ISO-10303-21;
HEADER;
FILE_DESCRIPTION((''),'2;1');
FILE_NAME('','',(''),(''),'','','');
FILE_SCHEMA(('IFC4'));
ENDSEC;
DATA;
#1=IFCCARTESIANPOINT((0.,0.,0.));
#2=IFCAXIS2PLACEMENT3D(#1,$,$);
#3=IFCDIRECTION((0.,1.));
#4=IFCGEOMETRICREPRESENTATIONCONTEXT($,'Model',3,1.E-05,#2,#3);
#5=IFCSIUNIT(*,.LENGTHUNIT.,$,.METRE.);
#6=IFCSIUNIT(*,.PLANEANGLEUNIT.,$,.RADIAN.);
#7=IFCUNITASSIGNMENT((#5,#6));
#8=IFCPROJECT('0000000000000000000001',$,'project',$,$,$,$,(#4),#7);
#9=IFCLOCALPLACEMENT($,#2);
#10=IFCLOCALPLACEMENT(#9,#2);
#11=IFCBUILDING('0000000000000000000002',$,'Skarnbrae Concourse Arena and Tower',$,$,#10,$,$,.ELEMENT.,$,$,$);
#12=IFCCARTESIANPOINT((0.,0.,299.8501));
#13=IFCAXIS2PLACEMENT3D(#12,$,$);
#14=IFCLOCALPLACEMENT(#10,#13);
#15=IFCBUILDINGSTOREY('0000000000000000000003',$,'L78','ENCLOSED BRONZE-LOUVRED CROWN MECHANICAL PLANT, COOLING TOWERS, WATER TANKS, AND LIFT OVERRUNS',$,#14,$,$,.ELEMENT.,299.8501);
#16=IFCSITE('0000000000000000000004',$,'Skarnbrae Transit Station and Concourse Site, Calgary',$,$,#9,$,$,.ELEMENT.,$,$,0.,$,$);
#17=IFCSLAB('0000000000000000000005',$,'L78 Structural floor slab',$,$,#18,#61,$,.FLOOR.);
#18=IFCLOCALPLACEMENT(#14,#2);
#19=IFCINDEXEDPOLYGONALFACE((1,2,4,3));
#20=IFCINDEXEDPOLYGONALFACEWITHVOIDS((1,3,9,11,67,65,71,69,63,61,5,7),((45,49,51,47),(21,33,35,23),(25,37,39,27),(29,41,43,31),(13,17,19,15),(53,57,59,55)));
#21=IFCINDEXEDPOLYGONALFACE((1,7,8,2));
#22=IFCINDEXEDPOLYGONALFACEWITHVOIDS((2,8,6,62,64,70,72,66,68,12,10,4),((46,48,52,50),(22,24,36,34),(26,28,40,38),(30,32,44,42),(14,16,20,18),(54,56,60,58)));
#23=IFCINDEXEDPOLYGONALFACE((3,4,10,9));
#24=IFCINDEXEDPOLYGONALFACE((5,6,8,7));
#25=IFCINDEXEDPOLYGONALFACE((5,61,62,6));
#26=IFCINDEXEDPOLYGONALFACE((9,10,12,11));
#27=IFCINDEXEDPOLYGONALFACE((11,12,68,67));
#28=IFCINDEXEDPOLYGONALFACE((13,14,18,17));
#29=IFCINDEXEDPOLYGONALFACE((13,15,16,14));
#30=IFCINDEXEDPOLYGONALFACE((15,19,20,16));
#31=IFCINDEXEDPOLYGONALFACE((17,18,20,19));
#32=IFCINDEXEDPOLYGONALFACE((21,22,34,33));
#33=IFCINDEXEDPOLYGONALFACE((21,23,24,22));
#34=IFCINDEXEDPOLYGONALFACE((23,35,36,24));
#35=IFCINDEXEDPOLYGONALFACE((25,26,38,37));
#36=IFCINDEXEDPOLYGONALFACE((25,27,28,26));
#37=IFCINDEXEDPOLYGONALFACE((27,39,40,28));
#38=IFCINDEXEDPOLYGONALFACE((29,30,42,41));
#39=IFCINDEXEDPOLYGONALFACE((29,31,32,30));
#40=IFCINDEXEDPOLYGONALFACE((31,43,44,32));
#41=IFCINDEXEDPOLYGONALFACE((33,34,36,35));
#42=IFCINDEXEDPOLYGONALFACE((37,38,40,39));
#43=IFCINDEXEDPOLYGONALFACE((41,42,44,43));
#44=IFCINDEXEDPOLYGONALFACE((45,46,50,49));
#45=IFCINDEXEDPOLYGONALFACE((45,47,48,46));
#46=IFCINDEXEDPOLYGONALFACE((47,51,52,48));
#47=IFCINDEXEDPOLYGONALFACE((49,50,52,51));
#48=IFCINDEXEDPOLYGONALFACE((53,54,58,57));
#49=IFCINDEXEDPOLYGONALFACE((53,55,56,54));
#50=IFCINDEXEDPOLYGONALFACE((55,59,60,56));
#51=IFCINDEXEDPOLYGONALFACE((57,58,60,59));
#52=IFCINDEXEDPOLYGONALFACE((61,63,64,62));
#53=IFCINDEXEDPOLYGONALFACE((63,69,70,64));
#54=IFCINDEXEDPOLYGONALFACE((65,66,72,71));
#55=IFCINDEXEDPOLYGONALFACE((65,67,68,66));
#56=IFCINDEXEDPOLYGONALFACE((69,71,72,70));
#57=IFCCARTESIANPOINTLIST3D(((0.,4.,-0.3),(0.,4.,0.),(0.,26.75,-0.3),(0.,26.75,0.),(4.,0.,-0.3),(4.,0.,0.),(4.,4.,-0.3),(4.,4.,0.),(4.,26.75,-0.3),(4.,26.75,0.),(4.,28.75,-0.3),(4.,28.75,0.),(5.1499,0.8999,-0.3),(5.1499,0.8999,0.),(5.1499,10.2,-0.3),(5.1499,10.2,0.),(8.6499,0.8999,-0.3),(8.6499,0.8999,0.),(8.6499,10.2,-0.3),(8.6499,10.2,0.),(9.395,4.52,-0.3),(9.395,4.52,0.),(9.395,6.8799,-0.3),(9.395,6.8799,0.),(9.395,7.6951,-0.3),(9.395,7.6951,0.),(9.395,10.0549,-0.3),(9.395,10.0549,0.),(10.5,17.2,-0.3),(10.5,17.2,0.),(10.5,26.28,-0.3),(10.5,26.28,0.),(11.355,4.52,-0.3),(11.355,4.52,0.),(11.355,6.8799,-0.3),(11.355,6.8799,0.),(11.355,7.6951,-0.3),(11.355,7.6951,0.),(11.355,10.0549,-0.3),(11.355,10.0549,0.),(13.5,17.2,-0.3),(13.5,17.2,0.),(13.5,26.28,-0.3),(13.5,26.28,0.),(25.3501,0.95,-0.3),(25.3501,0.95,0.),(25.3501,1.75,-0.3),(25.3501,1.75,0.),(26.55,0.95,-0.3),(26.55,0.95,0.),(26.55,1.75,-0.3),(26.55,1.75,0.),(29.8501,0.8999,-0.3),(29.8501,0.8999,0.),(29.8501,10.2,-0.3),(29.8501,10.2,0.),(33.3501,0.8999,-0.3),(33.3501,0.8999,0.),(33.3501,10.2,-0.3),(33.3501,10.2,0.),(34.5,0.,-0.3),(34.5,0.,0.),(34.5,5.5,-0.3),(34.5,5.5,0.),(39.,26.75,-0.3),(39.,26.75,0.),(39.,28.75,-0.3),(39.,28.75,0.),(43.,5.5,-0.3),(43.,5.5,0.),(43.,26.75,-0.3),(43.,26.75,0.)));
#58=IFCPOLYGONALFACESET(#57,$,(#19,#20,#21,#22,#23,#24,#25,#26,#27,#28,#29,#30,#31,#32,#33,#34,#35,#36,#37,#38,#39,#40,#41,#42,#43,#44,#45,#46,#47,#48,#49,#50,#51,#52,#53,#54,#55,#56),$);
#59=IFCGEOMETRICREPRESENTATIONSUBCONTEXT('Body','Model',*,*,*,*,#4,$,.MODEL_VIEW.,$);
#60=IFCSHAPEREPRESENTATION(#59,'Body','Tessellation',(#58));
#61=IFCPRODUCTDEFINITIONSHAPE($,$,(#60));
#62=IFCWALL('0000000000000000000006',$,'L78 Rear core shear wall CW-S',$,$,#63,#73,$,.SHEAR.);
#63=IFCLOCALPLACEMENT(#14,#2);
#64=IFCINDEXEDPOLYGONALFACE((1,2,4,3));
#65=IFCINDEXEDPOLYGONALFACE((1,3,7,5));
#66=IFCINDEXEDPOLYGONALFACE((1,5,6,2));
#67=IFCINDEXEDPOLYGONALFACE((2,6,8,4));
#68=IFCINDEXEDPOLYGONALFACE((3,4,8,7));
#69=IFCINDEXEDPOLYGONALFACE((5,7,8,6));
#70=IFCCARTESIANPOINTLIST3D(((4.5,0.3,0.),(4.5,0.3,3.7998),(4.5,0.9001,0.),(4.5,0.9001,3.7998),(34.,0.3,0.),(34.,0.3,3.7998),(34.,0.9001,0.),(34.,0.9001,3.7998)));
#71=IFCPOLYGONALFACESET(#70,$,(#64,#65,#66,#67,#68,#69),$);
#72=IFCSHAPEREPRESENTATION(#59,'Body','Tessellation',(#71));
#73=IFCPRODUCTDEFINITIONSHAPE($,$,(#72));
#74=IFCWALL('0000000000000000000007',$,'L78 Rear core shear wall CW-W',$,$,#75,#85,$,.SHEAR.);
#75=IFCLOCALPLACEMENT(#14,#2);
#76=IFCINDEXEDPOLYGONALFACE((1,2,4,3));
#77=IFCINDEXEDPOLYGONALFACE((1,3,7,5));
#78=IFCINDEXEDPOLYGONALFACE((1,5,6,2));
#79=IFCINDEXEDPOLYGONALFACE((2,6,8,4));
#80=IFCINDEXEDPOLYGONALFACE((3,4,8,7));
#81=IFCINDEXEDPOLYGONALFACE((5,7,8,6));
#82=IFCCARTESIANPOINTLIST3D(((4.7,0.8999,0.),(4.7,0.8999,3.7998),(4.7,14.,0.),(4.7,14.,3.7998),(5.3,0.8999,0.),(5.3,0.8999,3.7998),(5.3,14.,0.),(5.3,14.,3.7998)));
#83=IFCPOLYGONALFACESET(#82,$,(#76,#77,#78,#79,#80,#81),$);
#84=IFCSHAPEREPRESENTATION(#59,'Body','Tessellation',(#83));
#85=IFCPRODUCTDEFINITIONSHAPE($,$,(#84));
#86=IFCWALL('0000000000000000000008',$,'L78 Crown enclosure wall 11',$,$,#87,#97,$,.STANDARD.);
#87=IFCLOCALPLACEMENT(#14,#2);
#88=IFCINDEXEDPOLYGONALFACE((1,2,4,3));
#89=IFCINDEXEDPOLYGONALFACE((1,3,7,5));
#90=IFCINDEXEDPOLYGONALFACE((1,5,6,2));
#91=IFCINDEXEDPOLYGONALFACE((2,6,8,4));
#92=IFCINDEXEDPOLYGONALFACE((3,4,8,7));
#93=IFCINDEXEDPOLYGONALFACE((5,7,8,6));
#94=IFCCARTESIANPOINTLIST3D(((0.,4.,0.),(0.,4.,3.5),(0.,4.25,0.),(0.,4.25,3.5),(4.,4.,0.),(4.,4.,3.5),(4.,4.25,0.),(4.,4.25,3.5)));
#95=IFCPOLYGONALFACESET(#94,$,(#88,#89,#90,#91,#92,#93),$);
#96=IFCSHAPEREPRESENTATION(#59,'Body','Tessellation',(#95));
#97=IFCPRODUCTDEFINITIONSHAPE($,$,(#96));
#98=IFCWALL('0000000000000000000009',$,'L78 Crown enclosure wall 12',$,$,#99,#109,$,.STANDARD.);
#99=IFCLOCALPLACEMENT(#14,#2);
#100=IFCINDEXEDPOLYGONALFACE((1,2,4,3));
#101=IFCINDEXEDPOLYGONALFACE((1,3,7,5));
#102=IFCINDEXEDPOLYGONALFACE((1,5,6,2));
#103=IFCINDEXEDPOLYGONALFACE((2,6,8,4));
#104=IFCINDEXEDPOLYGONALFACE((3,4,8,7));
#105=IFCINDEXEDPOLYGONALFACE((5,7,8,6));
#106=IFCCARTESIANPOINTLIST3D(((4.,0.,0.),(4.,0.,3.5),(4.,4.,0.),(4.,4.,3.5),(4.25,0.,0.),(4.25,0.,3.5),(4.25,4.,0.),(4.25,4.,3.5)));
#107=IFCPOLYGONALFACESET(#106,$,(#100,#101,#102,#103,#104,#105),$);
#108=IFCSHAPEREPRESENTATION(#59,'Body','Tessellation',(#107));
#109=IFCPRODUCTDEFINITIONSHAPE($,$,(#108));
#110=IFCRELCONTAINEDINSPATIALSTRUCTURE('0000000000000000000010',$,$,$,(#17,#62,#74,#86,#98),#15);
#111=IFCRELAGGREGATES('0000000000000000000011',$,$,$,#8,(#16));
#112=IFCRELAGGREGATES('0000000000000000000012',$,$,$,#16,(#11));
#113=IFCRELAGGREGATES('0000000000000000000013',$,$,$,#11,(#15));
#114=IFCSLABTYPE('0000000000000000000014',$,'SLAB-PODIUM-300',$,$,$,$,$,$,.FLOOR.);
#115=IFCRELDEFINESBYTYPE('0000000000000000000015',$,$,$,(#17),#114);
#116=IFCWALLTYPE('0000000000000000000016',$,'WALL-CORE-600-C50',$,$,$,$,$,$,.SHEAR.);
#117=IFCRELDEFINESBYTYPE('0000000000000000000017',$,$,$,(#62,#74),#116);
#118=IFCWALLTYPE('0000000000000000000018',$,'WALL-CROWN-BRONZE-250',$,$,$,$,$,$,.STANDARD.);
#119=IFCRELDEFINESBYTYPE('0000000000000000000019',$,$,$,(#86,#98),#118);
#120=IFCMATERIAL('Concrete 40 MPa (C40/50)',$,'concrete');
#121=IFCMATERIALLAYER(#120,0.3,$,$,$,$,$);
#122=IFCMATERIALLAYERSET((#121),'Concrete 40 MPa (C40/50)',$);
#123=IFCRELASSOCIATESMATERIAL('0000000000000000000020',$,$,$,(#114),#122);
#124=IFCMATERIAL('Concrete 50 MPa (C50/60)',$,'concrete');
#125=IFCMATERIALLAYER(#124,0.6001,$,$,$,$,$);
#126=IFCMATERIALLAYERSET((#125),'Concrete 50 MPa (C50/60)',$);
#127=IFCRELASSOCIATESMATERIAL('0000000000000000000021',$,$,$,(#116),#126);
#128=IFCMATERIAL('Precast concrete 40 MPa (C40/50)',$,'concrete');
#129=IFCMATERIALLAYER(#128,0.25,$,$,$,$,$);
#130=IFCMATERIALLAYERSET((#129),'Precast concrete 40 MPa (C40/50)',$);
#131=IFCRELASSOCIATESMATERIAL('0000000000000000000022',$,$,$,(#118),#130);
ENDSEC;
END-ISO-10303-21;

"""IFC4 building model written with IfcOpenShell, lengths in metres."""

from ifc_helpers import new_model, si_unit, direction, frame, frame_2d, origin, place, context, subcontext, project, spatial, polyline, rectangle, outline, extrude, source, transform, mapped, material, layer, layer_set, type_object, element, save


model = new_model("IFC4")

# Units and contexts
model_context = context("Model", 3, precision=1e-05, world=origin(), true_north=direction((0.0, 1.0)))
body_context = subcontext(model_context, "Body", "Model", "MODEL_VIEW")
ifc_project = project(units=[si_unit("LENGTHUNIT", "METRE"), si_unit("PLANEANGLEUNIT", "RADIAN")], contexts=[model_context])

# Site, building, storey
site_placement = place(None, origin())
site = spatial("IfcSite", under=ifc_project, at=site_placement, Name="Skarnbrae Transit Station and Concourse Site, Calgary", CompositionType="ELEMENT", RefElevation=0.0)
building_placement = place(site_placement, origin())
building = spatial("IfcBuilding", under=site, at=building_placement, Name="Skarnbrae Concourse Arena and Tower", CompositionType="ELEMENT")
storey_placement = place(building_placement, frame((0.0, 0.0, 299.8501)))
storey = spatial("IfcBuildingStorey", under=building, at=storey_placement, Name="L78", Description="ENCLOSED BRONZE-LOUVRED CROWN MECHANICAL PLANT, COOLING TOWERS, WATER TANKS, AND LIFT OVERRUNS", CompositionType="ELEMENT", Elevation=299.8501)

# Shared definitions
ifc_material_1 = material(Name="Concrete 40 MPa (C40/50)", Category="concrete")

# Slab
ifc_layer_1 = layer(ifc_material_1, 0.3)
ifc_layer_set_1 = layer_set([ifc_layer_1], Name="Concrete 40 MPa (C40/50)")
slab_type_1 = type_object("IfcSlabType", Name="SLAB-PODIUM-300", PredefinedType="FLOOR", material=ifc_layer_set_1)
slab_1_placement = place(storey_placement, frame((0.0, 0.0, -0.3)))
element("IfcSlab", 1, at=slab_1_placement, inside=storey, type_object=slab_type_1, Name="L78 Structural floor slab", PredefinedType="FLOOR", context=body_context, shape_type="SweptSolid", body=[
    extrude(outline(polyline([(4.0, 0.0), (34.5, 0.0), (34.5, 5.5), (43.0, 5.5), (43.0, 26.75), (39.0, 26.75), (39.0, 28.75), (4.0, 28.75), (4.0, 26.75), (0.0, 26.75), (0.0, 4.0), (4.0, 4.0), (4.0, 0.0)]), holes=[polyline([(26.55, 0.95), (25.3501, 0.95), (25.3501, 1.75), (26.55, 1.75), (26.55, 0.95)]), polyline([(5.1499, 10.2), (8.6499, 10.2), (8.6499, 0.8999), (5.1499, 0.8999), (5.1499, 10.2)]), polyline([(29.8501, 10.2), (33.3501, 10.2), (33.3501, 0.8999), (29.8501, 0.8999), (29.8501, 10.2)]), polyline([(11.355, 4.52), (9.395, 4.52), (9.395, 6.8799), (11.355, 6.8799), (11.355, 4.52)]), polyline([(9.395, 7.6951), (9.395, 10.0549), (11.355, 10.0549), (11.355, 7.6951), (9.395, 7.6951)]), polyline([(13.5, 17.2), (10.5, 17.2), (10.5, 26.28), (13.5, 26.28), (13.5, 17.2)])]), origin(), (0.0, 0.0, 1.0), 0.3),
])

# Walls
ifc_material_2 = material(Name="Concrete 50 MPa (C50/60)", Category="concrete")
ifc_layer_2 = layer(ifc_material_2, 0.6001)
ifc_layer_set_2 = layer_set([ifc_layer_2], Name="Concrete 50 MPa (C50/60)")
wall_type_1 = type_object("IfcWallType", Name="WALL-CORE-600-C50", PredefinedType="SHEAR", material=ifc_layer_set_2)
shared_shape_1 = source(origin(), body_context, "Body", "SweptSolid", [
    extrude(rectangle(XDim=29.5, YDim=0.6001, at=frame_2d((14.75, 0.0))), origin(), (0.0, 0.0, 1.0), 3.7998),
])
wall_1_placement = place(storey_placement, frame((4.5, 0.6001, 0.0), z_axis=(0.0, 0.0, 1.0), x_axis=(1.0, 0.0, 0.0)))
element("IfcWall", 2, at=wall_1_placement, inside=storey, type_object=wall_type_1, Name="L78 Rear core shear wall CW-S", PredefinedType="SHEAR", context=body_context, shape_type="MappedRepresentation", body=[
    mapped(shared_shape_1, transform((0.0, 0.0, 0.0))),
])
shared_shape_2 = source(origin(), body_context, "Body", "SweptSolid", [
    extrude(rectangle(XDim=13.1001, YDim=0.6001, at=frame_2d((6.55, 0.0))), origin(), (0.0, 0.0, 1.0), 3.7998),
])
wall_2_placement = place(storey_placement, frame((5.0, 0.8999, 0.0), z_axis=(0.0, 0.0, 1.0), x_axis=(0.0, 1.0, 0.0)))
element("IfcWall", 3, at=wall_2_placement, inside=storey, type_object=wall_type_1, Name="L78 Rear core shear wall CW-W", PredefinedType="SHEAR", context=body_context, shape_type="MappedRepresentation", body=[
    mapped(shared_shape_2, transform((0.0, 0.0, 0.0))),
])

# Walls
ifc_material_3 = material(Name="Precast concrete 40 MPa (C40/50)", Category="concrete")
ifc_layer_3 = layer(ifc_material_3, 0.25)
ifc_layer_set_3 = layer_set([ifc_layer_3], Name="Precast concrete 40 MPa (C40/50)")
wall_type_2 = type_object("IfcWallType", Name="WALL-CROWN-BRONZE-250", PredefinedType="STANDARD", material=ifc_layer_set_3)
shared_shape_3 = source(origin(), body_context, "Body", "SweptSolid", [
    extrude(rectangle(XDim=4.0, YDim=0.25, at=frame_2d((2.0, 0.0))), origin(), (0.0, 0.0, 1.0), 3.5),
])
for number, where, z_axis, x_axis, name in (
    (4, (0.0, 4.125, 0.0), (0.0, 0.0, 1.0), (1.0, 0.0, 0.0), "L78 Crown enclosure wall 11"),
    (5, (4.125, 4.0, 0.0), (0.0, 0.0, 1.0), (0.0, -1.0, 0.0), "L78 Crown enclosure wall 12"),
):
    element("IfcWall", number, at=place(storey_placement, frame(where, z_axis=z_axis, x_axis=x_axis)), inside=storey, type_object=wall_type_2, Name=name, PredefinedType="STANDARD", context=body_context, shape_type="MappedRepresentation", body=[
        mapped(shared_shape_3, transform((0.0, 0.0, 0.0))),
    ])

save(model, "model.ifc")
